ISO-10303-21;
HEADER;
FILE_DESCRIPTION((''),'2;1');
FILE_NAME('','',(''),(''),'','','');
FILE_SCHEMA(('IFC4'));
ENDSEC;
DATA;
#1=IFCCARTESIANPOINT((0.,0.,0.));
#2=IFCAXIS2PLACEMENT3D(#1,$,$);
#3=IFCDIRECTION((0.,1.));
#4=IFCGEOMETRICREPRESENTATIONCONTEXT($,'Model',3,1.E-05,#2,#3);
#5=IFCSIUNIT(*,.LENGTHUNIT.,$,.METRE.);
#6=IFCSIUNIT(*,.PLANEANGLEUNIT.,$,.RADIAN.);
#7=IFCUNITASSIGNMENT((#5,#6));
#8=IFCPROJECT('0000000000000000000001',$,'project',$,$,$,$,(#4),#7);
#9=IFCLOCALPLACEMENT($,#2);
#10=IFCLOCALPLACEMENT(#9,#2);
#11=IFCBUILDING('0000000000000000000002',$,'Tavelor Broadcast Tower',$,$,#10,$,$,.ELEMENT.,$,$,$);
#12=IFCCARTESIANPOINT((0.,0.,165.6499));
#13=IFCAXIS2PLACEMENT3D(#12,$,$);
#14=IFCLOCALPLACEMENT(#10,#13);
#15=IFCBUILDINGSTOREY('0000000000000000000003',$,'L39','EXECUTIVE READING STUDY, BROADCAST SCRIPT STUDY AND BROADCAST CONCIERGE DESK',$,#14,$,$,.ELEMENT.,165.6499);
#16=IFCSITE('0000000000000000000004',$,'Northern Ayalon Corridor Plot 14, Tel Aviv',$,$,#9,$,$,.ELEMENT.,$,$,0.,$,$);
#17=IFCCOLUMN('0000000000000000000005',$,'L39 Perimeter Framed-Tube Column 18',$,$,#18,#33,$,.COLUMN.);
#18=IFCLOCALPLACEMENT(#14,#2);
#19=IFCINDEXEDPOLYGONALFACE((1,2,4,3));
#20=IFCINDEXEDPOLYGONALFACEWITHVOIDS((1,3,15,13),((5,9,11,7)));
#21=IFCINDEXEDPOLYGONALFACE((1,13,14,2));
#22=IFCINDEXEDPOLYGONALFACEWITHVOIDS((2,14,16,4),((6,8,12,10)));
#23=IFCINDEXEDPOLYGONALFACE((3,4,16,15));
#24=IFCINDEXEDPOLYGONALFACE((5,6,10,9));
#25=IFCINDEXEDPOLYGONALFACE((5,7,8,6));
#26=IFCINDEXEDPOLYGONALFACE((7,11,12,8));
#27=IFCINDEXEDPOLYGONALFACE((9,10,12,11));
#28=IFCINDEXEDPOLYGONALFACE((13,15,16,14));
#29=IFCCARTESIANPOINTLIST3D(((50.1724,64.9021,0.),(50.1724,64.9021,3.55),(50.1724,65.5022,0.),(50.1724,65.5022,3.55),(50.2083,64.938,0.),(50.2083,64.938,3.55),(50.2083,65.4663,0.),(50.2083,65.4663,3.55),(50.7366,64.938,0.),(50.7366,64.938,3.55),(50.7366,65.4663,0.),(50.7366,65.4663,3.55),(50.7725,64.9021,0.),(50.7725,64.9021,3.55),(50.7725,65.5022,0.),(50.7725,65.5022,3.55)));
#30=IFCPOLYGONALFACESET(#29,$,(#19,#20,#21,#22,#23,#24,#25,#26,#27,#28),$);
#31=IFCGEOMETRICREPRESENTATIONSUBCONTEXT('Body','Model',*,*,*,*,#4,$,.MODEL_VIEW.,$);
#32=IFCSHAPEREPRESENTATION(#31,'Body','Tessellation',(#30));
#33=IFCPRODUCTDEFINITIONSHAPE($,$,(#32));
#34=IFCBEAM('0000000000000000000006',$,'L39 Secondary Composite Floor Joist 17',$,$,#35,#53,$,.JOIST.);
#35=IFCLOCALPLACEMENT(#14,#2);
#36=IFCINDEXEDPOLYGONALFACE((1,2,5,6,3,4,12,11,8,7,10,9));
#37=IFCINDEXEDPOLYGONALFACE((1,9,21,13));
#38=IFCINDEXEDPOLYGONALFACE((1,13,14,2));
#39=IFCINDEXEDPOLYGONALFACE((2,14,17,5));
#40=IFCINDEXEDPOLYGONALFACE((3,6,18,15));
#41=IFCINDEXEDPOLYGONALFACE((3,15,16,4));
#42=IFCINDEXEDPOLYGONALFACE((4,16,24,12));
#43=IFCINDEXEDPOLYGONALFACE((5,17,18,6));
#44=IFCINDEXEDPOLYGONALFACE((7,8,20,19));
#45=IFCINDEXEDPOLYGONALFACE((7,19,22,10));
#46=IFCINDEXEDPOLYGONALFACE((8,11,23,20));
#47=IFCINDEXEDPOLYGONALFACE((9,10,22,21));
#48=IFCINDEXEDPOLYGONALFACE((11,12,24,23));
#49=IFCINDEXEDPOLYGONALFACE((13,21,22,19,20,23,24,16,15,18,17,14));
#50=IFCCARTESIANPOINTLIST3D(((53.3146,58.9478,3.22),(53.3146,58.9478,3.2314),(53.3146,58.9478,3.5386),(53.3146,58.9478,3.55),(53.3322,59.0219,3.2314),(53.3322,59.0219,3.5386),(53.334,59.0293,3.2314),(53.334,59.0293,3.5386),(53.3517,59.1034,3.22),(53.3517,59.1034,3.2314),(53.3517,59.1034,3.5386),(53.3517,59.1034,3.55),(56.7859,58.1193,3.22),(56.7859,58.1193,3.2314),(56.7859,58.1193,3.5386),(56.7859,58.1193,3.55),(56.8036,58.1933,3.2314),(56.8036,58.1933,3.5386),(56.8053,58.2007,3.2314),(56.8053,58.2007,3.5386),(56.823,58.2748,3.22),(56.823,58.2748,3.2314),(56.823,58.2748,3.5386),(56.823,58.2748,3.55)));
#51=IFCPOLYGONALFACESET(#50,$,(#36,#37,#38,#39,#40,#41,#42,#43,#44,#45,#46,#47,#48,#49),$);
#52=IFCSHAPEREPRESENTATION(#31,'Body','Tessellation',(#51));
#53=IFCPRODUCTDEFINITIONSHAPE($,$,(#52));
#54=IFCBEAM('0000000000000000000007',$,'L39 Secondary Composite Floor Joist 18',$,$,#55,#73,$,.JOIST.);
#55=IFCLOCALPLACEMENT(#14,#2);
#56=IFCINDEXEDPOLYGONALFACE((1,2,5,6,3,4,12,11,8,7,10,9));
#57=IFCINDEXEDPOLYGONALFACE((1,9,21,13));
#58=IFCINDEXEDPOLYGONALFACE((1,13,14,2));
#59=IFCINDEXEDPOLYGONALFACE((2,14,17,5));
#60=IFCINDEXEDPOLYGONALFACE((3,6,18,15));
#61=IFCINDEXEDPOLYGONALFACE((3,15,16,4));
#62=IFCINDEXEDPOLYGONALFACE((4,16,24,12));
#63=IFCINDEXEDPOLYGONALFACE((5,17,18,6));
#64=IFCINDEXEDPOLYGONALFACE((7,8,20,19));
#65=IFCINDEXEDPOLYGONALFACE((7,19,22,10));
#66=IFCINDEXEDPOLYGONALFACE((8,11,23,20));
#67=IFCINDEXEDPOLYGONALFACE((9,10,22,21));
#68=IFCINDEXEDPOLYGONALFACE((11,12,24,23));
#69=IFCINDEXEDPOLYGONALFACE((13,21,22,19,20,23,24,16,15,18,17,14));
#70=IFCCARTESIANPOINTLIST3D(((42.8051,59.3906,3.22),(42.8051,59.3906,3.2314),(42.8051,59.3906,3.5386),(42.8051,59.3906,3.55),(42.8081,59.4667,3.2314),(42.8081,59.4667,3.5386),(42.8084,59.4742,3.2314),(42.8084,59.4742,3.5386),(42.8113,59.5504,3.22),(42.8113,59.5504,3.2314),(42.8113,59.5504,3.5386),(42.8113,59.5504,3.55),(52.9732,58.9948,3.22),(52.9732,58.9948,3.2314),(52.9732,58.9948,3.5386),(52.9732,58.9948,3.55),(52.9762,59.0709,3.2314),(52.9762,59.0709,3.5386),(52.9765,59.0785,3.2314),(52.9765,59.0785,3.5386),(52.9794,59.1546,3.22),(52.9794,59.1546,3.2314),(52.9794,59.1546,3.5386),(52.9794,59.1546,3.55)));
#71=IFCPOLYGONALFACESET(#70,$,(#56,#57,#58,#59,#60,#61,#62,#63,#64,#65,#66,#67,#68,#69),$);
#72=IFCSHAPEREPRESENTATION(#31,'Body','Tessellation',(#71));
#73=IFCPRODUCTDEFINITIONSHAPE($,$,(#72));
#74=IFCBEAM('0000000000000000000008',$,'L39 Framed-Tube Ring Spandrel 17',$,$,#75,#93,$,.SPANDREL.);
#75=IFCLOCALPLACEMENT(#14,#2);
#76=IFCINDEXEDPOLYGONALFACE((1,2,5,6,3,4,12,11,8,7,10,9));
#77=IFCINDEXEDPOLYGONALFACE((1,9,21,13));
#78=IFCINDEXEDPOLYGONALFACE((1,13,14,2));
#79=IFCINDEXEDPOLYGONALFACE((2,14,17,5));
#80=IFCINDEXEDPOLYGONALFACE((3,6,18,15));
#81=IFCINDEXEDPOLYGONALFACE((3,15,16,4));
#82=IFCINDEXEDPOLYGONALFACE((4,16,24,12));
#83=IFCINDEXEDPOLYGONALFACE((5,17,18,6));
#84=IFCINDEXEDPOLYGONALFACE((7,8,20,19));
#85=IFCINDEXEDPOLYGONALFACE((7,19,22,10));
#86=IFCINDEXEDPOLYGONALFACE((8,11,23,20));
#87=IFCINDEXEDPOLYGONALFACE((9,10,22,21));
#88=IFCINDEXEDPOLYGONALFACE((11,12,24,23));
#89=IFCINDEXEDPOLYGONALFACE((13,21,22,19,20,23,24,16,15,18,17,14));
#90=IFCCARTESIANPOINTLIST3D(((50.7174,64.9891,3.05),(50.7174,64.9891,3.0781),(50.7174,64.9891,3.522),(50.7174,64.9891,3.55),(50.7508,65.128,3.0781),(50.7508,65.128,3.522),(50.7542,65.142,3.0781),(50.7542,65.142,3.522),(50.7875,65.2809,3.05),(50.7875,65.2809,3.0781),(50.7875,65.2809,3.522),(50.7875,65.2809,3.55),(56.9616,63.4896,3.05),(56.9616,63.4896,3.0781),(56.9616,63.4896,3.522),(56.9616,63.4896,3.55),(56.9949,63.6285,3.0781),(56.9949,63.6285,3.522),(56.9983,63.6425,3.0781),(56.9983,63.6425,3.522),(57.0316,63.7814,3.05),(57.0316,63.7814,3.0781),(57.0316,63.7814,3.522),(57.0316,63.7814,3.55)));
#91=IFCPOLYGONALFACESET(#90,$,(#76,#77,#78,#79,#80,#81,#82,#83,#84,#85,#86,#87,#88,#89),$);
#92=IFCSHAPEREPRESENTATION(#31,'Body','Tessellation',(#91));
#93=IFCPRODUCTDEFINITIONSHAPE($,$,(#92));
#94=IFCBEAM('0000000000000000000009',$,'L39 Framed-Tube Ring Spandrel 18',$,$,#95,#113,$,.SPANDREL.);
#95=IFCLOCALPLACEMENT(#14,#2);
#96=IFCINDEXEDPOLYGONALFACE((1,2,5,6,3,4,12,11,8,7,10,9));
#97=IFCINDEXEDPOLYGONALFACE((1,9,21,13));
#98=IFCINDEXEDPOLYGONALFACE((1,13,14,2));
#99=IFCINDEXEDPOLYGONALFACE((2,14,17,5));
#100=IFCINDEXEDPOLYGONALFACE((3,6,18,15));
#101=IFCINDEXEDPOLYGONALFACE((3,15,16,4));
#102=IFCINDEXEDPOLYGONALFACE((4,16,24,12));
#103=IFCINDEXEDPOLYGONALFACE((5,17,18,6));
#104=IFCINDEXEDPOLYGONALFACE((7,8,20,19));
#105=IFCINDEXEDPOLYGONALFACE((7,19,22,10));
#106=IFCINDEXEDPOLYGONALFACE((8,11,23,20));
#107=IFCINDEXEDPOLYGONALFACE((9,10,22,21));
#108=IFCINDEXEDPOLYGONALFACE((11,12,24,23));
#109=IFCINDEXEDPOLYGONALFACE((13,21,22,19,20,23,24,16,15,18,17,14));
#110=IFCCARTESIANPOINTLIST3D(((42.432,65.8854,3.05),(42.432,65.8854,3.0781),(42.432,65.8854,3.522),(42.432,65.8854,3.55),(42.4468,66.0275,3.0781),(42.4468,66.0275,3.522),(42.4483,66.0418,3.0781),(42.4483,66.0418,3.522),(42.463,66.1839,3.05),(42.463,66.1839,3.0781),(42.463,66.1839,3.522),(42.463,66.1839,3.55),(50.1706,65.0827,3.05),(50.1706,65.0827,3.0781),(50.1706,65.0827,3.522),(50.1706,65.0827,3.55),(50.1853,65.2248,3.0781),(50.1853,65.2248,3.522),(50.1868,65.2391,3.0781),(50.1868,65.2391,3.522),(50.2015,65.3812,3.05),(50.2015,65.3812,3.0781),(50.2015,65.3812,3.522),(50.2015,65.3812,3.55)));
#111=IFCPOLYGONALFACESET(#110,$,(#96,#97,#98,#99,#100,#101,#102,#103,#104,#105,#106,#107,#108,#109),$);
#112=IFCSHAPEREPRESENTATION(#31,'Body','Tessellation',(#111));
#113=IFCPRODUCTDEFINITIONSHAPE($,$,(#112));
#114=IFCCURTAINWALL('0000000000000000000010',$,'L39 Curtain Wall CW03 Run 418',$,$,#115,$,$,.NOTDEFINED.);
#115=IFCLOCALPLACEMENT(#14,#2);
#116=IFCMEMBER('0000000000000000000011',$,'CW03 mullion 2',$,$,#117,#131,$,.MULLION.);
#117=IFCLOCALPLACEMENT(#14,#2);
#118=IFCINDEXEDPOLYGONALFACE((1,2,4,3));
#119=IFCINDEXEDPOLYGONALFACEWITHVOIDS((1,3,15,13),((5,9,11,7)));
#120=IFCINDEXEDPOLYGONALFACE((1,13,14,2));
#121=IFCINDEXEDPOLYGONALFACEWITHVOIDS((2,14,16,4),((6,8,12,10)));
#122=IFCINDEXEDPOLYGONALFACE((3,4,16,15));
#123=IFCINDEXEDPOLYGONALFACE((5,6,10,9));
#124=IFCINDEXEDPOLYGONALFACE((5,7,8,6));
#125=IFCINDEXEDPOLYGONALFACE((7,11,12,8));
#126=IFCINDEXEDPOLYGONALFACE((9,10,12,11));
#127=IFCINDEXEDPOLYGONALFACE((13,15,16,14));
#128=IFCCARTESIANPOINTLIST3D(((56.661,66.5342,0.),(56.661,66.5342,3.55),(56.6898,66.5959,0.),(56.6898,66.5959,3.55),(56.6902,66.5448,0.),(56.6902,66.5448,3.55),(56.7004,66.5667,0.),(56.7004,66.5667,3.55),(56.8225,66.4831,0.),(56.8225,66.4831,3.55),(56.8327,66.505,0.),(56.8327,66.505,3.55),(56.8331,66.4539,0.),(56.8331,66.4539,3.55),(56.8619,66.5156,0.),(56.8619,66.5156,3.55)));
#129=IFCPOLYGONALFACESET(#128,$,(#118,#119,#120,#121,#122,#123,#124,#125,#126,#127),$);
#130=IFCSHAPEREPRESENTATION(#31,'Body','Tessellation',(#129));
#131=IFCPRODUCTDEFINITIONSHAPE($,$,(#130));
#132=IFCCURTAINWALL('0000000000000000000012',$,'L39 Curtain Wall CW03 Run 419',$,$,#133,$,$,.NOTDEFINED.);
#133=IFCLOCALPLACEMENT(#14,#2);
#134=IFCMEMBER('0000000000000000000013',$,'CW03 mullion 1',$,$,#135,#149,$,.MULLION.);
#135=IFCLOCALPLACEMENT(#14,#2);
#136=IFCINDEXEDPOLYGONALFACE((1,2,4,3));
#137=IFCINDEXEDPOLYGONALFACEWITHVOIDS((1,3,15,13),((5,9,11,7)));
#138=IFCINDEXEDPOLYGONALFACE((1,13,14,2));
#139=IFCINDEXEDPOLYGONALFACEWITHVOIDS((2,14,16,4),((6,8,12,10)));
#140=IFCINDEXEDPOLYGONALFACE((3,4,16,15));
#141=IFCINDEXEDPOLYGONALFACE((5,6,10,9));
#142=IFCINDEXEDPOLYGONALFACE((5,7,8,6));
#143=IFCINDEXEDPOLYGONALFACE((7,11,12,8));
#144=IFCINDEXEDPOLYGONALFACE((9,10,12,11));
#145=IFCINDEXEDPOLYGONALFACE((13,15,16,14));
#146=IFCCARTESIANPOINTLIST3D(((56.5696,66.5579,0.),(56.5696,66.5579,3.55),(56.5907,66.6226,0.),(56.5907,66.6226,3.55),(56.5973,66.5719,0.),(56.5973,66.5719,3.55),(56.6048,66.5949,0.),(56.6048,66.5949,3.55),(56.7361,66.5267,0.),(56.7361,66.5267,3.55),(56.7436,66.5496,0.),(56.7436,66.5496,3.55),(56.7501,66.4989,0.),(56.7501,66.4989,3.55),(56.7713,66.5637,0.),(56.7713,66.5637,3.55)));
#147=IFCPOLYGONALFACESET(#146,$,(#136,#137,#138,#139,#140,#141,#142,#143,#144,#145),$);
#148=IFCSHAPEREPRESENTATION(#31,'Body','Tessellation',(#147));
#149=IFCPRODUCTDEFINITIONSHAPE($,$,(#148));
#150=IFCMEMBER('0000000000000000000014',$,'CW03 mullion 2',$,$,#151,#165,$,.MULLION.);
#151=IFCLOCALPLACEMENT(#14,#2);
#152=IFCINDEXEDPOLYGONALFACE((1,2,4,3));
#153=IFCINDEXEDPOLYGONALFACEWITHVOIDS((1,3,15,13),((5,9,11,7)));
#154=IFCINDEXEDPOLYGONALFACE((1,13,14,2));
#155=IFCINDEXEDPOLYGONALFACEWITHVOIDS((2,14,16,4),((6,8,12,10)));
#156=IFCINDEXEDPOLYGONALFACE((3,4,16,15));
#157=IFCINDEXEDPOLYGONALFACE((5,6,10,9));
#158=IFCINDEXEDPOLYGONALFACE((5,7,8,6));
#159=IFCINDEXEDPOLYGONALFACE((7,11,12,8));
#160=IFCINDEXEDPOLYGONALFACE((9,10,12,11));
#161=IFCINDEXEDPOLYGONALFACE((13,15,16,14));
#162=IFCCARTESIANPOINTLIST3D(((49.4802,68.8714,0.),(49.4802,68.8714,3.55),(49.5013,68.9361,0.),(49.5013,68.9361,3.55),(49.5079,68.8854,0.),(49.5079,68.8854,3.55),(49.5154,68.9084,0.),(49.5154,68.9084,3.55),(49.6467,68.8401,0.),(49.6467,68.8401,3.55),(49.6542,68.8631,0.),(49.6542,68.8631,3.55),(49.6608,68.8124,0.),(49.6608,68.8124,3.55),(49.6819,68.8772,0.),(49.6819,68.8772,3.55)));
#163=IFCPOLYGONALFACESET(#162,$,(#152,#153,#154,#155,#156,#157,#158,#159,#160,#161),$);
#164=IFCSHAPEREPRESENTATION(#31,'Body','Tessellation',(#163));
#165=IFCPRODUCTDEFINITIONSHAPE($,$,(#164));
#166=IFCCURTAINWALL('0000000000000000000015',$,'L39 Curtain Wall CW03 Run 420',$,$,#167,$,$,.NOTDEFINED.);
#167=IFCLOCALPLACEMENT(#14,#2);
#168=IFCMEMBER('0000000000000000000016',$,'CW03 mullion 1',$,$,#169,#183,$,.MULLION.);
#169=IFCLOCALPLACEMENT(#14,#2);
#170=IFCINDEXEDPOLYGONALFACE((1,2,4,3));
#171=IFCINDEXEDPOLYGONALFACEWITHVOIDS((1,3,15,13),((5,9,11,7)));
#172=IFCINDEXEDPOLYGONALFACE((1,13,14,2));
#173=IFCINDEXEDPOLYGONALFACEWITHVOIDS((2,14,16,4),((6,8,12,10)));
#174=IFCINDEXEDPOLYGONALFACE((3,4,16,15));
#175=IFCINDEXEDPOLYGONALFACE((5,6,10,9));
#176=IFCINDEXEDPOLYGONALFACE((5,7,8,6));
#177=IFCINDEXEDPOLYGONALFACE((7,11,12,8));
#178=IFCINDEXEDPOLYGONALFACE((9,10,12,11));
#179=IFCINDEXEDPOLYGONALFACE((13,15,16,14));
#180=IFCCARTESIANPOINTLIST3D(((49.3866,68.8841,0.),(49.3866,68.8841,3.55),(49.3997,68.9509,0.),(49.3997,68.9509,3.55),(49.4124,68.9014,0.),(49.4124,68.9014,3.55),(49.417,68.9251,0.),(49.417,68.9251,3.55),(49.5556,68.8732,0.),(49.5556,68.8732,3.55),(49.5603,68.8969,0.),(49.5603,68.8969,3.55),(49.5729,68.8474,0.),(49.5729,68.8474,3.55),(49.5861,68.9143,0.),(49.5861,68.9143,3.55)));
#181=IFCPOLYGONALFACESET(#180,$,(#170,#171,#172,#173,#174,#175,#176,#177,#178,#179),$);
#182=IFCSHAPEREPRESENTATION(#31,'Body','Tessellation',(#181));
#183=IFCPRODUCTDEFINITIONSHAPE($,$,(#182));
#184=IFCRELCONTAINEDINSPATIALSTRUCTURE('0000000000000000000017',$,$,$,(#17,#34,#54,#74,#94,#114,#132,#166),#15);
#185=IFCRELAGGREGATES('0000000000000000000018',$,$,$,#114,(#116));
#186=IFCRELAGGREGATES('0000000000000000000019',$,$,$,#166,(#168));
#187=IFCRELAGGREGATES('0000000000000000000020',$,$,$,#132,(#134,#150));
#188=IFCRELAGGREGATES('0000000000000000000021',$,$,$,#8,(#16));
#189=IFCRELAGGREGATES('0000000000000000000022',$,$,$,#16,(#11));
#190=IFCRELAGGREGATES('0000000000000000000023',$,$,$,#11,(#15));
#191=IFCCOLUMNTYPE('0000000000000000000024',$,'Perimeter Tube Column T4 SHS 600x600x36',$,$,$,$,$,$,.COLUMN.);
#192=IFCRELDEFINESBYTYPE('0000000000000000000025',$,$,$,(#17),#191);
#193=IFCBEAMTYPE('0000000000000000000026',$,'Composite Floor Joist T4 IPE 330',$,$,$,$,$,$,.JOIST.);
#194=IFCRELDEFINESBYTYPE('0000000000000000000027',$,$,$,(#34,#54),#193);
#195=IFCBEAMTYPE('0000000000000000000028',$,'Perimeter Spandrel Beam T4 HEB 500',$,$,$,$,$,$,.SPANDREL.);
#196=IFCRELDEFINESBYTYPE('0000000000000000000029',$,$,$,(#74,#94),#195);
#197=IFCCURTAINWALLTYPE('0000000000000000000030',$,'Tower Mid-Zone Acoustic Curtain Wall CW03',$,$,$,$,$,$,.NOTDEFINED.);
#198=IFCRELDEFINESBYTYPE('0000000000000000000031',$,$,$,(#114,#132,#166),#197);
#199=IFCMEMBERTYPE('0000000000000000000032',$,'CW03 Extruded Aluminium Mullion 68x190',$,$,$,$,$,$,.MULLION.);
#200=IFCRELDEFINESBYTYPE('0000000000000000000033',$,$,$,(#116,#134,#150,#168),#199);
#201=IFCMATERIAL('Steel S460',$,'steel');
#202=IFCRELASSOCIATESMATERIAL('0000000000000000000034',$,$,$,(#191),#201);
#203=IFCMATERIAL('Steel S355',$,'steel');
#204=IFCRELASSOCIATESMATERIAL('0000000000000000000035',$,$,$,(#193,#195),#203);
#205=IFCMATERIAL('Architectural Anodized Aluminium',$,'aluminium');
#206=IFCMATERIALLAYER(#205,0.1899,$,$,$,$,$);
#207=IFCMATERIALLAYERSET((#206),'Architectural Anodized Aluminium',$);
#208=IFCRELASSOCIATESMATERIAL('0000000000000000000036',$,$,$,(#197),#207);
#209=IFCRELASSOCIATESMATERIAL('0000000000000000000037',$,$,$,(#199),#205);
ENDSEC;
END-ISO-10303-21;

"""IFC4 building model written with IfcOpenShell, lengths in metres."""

from ifc_helpers import new_model, si_unit, direction, frame, origin, origin_2d, place, context, subcontext, project, spatial, hollow_rectangle, i_section, extrude, source, transform, mapped, material, layer, layer_set, material_profile, profile_set, type_object, type_shapes, element, aggregate, save


model = new_model("IFC4")

# Units and contexts
model_context = context("Model", 3, precision=1e-05, world=origin(), true_north=direction((0.0, 1.0)))
body_context = subcontext(model_context, "Body", "Model", "MODEL_VIEW")
ifc_project = project(units=[si_unit("LENGTHUNIT", "METRE"), si_unit("PLANEANGLEUNIT", "RADIAN")], contexts=[model_context])

# Site, building, storey
site_placement = place(None, origin())
site = spatial("IfcSite", under=ifc_project, at=site_placement, Name="Northern Ayalon Corridor Plot 14, Tel Aviv", CompositionType="ELEMENT", RefElevation=0.0)
building_placement = place(site_placement, origin())
building = spatial("IfcBuilding", under=site, at=building_placement, Name="Tavelor Broadcast Tower", CompositionType="ELEMENT")
storey_placement = place(building_placement, frame((0.0, 0.0, 165.6499)))
storey = spatial("IfcBuildingStorey", under=building, at=storey_placement, Name="L39", Description="EXECUTIVE READING STUDY, BROADCAST SCRIPT STUDY AND BROADCAST CONCIERGE DESK", CompositionType="ELEMENT", Elevation=165.6499)

# Column
ifc_material_1 = material(Name="Steel S460", Category="steel")
ifc_material_profile_1 = material_profile(ifc_material_1, hollow_rectangle(XDim=0.6001, YDim=0.6001, WallThickness=0.0359, at=origin_2d()), Name="SHS 600x600x36")
ifc_profile_set_1 = profile_set([ifc_material_profile_1], Name="Steel S460")
column_type = type_object("IfcColumnType", Name="Perimeter Tube Column T4 SHS 600x600x36", PredefinedType="COLUMN", material=ifc_profile_set_1)
column_placement = place(storey_placement, frame((50.4724, 65.2021, 0.0), z_axis=(0.0, 0.0, 1.0), x_axis=(1.0, 0.0, 0.0)))
element("IfcColumn", 1, at=column_placement, inside=storey, type_object=column_type, Name="L39 Perimeter Framed-Tube Column 18", PredefinedType="COLUMN", context=body_context, shape_type="SweptSolid", body=[
    extrude(hollow_rectangle(XDim=0.6001, YDim=0.6001, WallThickness=0.0359, at=origin_2d()), origin(), (0.0, 0.0, 1.0), 3.55),
])

# Beams
ifc_material_2 = material(Name="Steel S355", Category="steel")
ifc_material_profile_2 = material_profile(ifc_material_2, i_section(OverallWidth=0.1599, OverallDepth=0.3301, WebThickness=0.0076, FlangeThickness=0.0115, at=origin_2d()), Name="IPE 330")
ifc_profile_set_2 = profile_set([ifc_material_profile_2], Name="Steel S355")
beam_type_1 = type_object("IfcBeamType", Name="Composite Floor Joist T4 IPE 330", PredefinedType="JOIST", material=ifc_profile_set_2)
beam_1_placement = place(storey_placement, frame((56.8044, 58.197, 3.385), z_axis=(-0.972675, 0.232172, 0.0), x_axis=(-0.232172, -0.972675, 0.0)))
element("IfcBeam", 2, at=beam_1_placement, inside=storey, type_object=beam_type_1, Name="L39 Secondary Composite Floor Joist 17", PredefinedType="JOIST", context=body_context, shape_type="SweptSolid", body=[
    extrude(i_section(OverallWidth=0.1599, OverallDepth=0.3301, WebThickness=0.0076, FlangeThickness=0.0115, at=origin_2d()), origin(), (0.0, 0.0, 1.0), 3.5688),
])
beam_2_placement = place(storey_placement, frame((52.9763, 59.0747, 3.385), z_axis=(-0.999243, 0.038892, 0.0), x_axis=(-0.038892, -0.999243, 0.0)))
element("IfcBeam", 3, at=beam_2_placement, inside=storey, type_object=beam_type_1, Name="L39 Secondary Composite Floor Joist 18", PredefinedType="JOIST", context=body_context, shape_type="SweptSolid", body=[
    extrude(i_section(OverallWidth=0.1599, OverallDepth=0.3301, WebThickness=0.0076, FlangeThickness=0.0115, at=origin_2d()), origin(), (0.0, 0.0, 1.0), 10.1758),
])
ifc_material_profile_3 = material_profile(ifc_material_2, i_section(OverallWidth=0.3, OverallDepth=0.5, WebThickness=0.0144, FlangeThickness=0.0281, at=origin_2d()), Name="HEB 500")
ifc_profile_set_3 = profile_set([ifc_material_profile_3], Name="Steel S355")
beam_type_2 = type_object("IfcBeamType", Name="Perimeter Spandrel Beam T4 HEB 500", PredefinedType="SPANDREL", material=ifc_profile_set_3)
beam_3_placement = place(storey_placement, frame((56.9966, 63.6355, 3.3), z_axis=(-0.972355, 0.233508, 0.0), x_axis=(-0.233508, -0.972355, 0.0)))
element("IfcBeam", 4, at=beam_3_placement, inside=storey, type_object=beam_type_2, Name="L39 Framed-Tube Ring Spandrel 17", PredefinedType="SPANDREL", context=body_context, shape_type="SweptSolid", body=[
    extrude(i_section(OverallWidth=0.3, OverallDepth=0.5, WebThickness=0.0144, FlangeThickness=0.0281, at=origin_2d()), origin(), (0.0, 0.0, 1.0), 6.4216),
])
beam_4_placement = place(storey_placement, frame((50.186, 65.2319, 3.3), z_axis=(-0.994663, 0.103179, 0.0), x_axis=(-0.103179, -0.994663, 0.0)))
element("IfcBeam", 5, at=beam_4_placement, inside=storey, type_object=beam_type_2, Name="L39 Framed-Tube Ring Spandrel 18", PredefinedType="SPANDREL", context=body_context, shape_type="SweptSolid", body=[
    extrude(i_section(OverallWidth=0.3, OverallDepth=0.5, WebThickness=0.0144, FlangeThickness=0.0281, at=origin_2d()), origin(), (0.0, 0.0, 1.0), 7.78),
])

# Curtain wall, member
ifc_material_3 = material(Name="Architectural Anodized Aluminium", Category="aluminium")
ifc_layer_1 = layer(ifc_material_3, 0.1899)
ifc_layer_set_1 = layer_set([ifc_layer_1], Name="Architectural Anodized Aluminium")
curtain_wall_type = type_object("IfcCurtainWallType", Name="Tower Mid-Zone Acoustic Curtain Wall CW03", PredefinedType="NOTDEFINED", material=ifc_layer_set_1)
curtain_wall_1_placement = place(storey_placement, origin())
curtain_wall_1 = element("IfcCurtainWall", 6, at=curtain_wall_1_placement, inside=storey, type_object=curtain_wall_type, Name="L39 Curtain Wall CW03 Run 418", PredefinedType="NOTDEFINED")
ifc_material_profile_4 = material_profile(ifc_material_3, hollow_rectangle(XDim=0.0681, YDim=0.1899, WallThickness=0.022, at=origin_2d()), Name="RHS 68x190x22")
ifc_profile_set_4 = profile_set([ifc_material_profile_4], Name="Architectural Anodized Aluminium")
member_type_1 = type_object("IfcMemberType", Name="CW03 Extruded Aluminium Mullion 68x190", PredefinedType="MULLION", material=ifc_profile_set_4)
shared_shape_1 = source(origin(), body_context, "Body", "SweptSolid", [
    extrude(hollow_rectangle(XDim=0.0681, YDim=0.1899, WallThickness=0.022, at=origin_2d()), origin(), (0.0, 0.0, 1.0), 3.55),
])
type_shapes(member_type_1, [shared_shape_1])
member_1_placement = place(storey_placement, frame((56.7615, 66.5249, 0.0), z_axis=(0.0, 0.0, 1.0), x_axis=(-0.423016, -0.906122, 0.0)))
member_1 = element("IfcMember", 7, at=member_1_placement, type_object=member_type_1, Name="CW03 mullion 2", PredefinedType="MULLION", context=body_context, shape_type="MappedRepresentation", body=[
    mapped(shared_shape_1, transform((0.0, 0.0, 0.0), scale=1.0)),
])
aggregate(curtain_wall_1, [member_1])

# Curtain wall, members
curtain_wall_2_placement = place(storey_placement, origin())
curtain_wall_2 = element("IfcCurtainWall", 8, at=curtain_wall_2_placement, inside=storey, type_object=curtain_wall_type, Name="L39 Curtain Wall CW03 Run 419", PredefinedType="NOTDEFINED")
member_2_placement = place(storey_placement, frame((56.6704, 66.5608, 0.0), z_axis=(0.0, 0.0, 1.0), x_axis=(-0.31025, -0.950655, 0.0)))
member_2 = element("IfcMember", 9, at=member_2_placement, type_object=member_type_1, Name="CW03 mullion 1", PredefinedType="MULLION", context=body_context, shape_type="MappedRepresentation", body=[
    mapped(shared_shape_1, transform((0.0, 0.0, 0.0), scale=1.0)),
])
member_3_placement = place(storey_placement, frame((49.5811, 68.8743, 0.0), z_axis=(0.0, 0.0, 1.0), x_axis=(-0.31025, -0.950655, 0.0)))
member_3 = element("IfcMember", 10, at=member_3_placement, type_object=member_type_1, Name="CW03 mullion 2", PredefinedType="MULLION", context=body_context, shape_type="MappedRepresentation", body=[
    mapped(shared_shape_1, transform((0.0, 0.0, 0.0), scale=1.0)),
])

# Curtain wall, member
curtain_wall_3_placement = place(storey_placement, origin())
curtain_wall_3 = element("IfcCurtainWall", 11, at=curtain_wall_3_placement, inside=storey, type_object=curtain_wall_type, Name="L39 Curtain Wall CW03 Run 420", PredefinedType="NOTDEFINED")
member_4_placement = place(storey_placement, frame((49.4863, 68.8992, 0.0), z_axis=(0.0, 0.0, 1.0), x_axis=(-0.192927, -0.981213, 0.0)))
member_4 = element("IfcMember", 12, at=member_4_placement, type_object=member_type_1, Name="CW03 mullion 1", PredefinedType="MULLION", context=body_context, shape_type="MappedRepresentation", body=[
    mapped(shared_shape_1, transform((0.0, 0.0, 0.0), scale=1.0)),
])

aggregate(curtain_wall_3, [member_4])

aggregate(curtain_wall_2, [member_2, member_3])

save(model, "model.ifc")
